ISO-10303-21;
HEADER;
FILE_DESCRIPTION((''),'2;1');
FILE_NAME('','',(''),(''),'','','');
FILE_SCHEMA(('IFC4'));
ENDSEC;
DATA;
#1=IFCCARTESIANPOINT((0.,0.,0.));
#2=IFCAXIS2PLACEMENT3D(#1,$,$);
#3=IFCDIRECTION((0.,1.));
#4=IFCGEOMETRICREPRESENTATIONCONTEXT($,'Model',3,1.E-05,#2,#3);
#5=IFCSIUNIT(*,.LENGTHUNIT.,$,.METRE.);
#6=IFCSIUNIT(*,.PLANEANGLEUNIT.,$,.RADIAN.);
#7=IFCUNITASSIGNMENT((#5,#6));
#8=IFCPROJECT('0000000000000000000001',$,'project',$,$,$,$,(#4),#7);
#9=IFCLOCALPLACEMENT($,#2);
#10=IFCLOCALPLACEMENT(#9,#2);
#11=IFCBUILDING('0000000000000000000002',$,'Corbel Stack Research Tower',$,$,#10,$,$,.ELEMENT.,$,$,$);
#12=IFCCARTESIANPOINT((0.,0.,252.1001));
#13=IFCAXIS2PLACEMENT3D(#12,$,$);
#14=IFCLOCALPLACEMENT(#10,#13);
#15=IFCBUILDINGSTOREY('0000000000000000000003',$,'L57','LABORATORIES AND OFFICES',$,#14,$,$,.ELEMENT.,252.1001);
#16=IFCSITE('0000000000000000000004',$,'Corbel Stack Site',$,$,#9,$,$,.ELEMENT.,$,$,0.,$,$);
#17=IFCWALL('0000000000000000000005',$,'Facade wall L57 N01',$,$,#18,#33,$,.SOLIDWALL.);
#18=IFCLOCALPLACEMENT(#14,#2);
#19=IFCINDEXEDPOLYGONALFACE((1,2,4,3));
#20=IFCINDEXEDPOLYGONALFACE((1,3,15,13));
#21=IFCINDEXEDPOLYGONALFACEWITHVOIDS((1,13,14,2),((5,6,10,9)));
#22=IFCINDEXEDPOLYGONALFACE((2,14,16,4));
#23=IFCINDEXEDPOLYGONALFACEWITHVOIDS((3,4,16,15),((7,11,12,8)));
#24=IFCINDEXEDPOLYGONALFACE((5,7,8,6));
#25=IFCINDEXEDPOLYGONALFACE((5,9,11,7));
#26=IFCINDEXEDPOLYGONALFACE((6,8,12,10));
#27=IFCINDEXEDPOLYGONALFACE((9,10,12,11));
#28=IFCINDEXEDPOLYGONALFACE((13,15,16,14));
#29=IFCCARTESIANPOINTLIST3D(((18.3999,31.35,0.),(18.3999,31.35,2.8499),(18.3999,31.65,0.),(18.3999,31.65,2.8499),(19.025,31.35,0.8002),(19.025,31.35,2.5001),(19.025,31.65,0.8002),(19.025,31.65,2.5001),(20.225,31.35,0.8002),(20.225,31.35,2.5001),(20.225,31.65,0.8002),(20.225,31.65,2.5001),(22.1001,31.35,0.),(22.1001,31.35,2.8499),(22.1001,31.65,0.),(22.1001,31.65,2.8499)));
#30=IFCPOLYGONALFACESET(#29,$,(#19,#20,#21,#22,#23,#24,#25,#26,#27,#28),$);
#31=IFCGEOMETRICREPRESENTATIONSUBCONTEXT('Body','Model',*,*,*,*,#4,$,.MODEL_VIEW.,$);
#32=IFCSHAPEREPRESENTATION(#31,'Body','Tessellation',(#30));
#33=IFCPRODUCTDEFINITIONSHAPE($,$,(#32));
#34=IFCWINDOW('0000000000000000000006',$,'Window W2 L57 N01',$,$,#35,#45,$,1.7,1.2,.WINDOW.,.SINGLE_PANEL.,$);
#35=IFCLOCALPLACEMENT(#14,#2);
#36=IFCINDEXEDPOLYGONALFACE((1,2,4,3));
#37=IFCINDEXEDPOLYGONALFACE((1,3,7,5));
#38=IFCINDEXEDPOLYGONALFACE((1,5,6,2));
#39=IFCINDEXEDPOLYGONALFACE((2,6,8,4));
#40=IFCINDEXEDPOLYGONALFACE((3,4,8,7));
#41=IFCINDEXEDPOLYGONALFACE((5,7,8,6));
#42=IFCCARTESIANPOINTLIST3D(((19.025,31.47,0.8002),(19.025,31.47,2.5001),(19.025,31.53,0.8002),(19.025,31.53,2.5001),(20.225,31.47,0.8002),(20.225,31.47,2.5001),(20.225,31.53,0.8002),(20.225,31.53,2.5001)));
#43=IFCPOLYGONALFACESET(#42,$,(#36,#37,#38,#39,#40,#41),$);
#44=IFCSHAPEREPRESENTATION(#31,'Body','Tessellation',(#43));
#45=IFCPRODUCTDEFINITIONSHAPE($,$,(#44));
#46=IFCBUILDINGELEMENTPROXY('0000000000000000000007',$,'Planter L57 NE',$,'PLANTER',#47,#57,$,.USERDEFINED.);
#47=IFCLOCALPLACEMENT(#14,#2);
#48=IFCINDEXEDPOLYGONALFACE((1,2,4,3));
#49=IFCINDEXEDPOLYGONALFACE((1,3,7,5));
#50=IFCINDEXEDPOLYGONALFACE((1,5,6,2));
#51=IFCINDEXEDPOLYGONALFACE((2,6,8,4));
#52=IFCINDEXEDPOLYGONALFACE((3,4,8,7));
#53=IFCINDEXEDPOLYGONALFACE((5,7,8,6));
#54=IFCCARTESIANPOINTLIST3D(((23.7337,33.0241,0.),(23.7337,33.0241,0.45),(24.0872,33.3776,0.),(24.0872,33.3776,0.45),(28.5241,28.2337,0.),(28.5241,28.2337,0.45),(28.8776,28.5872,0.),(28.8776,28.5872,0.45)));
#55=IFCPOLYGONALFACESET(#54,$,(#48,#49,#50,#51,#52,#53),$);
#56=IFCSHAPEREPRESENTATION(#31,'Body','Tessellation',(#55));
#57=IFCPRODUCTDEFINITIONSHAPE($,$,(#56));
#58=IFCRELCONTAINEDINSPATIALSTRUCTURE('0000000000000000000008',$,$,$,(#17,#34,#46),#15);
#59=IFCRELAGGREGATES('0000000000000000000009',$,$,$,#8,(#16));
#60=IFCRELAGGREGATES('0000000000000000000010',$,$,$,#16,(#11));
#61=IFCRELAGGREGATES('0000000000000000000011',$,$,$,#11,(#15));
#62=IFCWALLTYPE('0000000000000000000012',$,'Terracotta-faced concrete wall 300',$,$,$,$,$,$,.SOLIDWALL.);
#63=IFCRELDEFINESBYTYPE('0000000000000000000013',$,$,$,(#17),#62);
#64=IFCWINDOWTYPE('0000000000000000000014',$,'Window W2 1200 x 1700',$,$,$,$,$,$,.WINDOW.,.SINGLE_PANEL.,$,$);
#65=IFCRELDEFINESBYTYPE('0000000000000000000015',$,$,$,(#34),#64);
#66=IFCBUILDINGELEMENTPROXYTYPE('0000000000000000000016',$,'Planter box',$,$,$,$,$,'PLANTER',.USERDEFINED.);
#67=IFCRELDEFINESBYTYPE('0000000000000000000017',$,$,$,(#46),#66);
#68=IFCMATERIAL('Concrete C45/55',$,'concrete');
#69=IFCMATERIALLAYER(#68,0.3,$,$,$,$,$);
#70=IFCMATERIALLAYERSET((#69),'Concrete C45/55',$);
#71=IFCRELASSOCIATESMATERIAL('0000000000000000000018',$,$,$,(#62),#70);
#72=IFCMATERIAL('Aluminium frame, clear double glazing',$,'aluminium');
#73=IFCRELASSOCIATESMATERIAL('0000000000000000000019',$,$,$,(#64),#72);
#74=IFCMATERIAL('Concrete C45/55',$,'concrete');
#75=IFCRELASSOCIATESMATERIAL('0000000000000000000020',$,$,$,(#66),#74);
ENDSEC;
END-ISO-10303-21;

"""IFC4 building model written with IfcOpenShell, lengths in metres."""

from ifc_helpers import new_model, si_unit, direction, frame, frame_2d, origin, origin_2d, place, context, subcontext, project, spatial, rectangle, extrude, material, layer, layer_set, type_object, element, fill, save


model = new_model("IFC4")

# Units and contexts
model_context = context("Model", 3, precision=1e-05, world=origin(), true_north=direction((0.0, 1.0)))
body_context = subcontext(model_context, "Body", "Model", "MODEL_VIEW")
ifc_project = project(units=[si_unit("LENGTHUNIT", "METRE"), si_unit("PLANEANGLEUNIT", "RADIAN")], contexts=[model_context])

# Site, building, storey
site_placement = place(None, origin())
site = spatial("IfcSite", under=ifc_project, at=site_placement, Name="Corbel Stack Site", CompositionType="ELEMENT", RefElevation=0.0)
building_placement = place(site_placement, origin())
building = spatial("IfcBuilding", under=site, at=building_placement, Name="Corbel Stack Research Tower", CompositionType="ELEMENT")
storey_placement = place(building_placement, frame((0.0, 0.0, 252.1001)))
storey = spatial("IfcBuildingStorey", under=building, at=storey_placement, Name="L57", Description="LABORATORIES AND OFFICES", CompositionType="ELEMENT", Elevation=252.1001)

# Shared definitions
ifc_material_1 = material(Name="Concrete C45/55", Category="concrete")
ifc_layer_1 = layer(ifc_material_1, 0.3)
ifc_layer_set_1 = layer_set([ifc_layer_1], Name="Concrete C45/55")
wall_type_1 = type_object("IfcWallType", Name="Terracotta-faced concrete wall 300", PredefinedType="SOLIDWALL", material=ifc_layer_set_1)

# Wall, opening, window
wall_1_placement = place(storey_placement, frame((18.3999, 31.5, 0.0), z_axis=(0.0, 0.0, 1.0), x_axis=(1.0, 0.0, 0.0)))
wall_1 = element("IfcWall", 1, at=wall_1_placement, inside=storey, type_object=wall_type_1, Name="Facade wall L57 N01", PredefinedType="SOLIDWALL", context=body_context, shape_type="SweptSolid", body=[
    extrude(rectangle(XDim=3.7002, YDim=0.3, at=frame_2d((1.8501, 0.0))), origin(), (0.0, 0.0, 1.0), 2.8499),
])
opening_1_placement = place(wall_1_placement, frame((0.625, 0.0, 0.8)))
opening_1 = element("IfcOpeningElement", 2, at=opening_1_placement, cuts=wall_1, PredefinedType="OPENING", context=body_context, shape_type="SweptSolid", body=[
    extrude(rectangle(XDim=1.2, YDim=1.7, at=frame_2d((0.6001, 0.8501))), frame((0.0, 0.1599, 0.0), z_axis=(0.0, -1.0, 0.0), x_axis=(1.0, 0.0, 0.0)), (0.0, 0.0, 1.0), 0.3201),
])
ifc_material_2 = material(Name="Aluminium frame, clear double glazing", Category="aluminium")
window_type_1 = type_object("IfcWindowType", Name="Window W2 1200 x 1700", PartitioningType="SINGLE_PANEL", PredefinedType="WINDOW", material=ifc_material_2)
window_1_placement = place(opening_1_placement, origin())
window_1 = element("IfcWindow", 3, at=window_1_placement, inside=storey, type_object=window_type_1, Name="Window W2 L57 N01", OverallHeight=1.7, OverallWidth=1.2, PartitioningType="SINGLE_PANEL", PredefinedType="WINDOW", context=body_context, shape_type="SweptSolid", body=[
    extrude(rectangle(XDim=1.2, YDim=1.7, at=frame_2d((0.6001, 0.8501))), frame((0.0, 0.03, 0.0), z_axis=(0.0, -1.0, 0.0), x_axis=(1.0, 0.0, 0.0)), (0.0, 0.0, 1.0), 0.0601),
])
fill(opening_1, window_1)

# Building element proxy
ifc_material_3 = material(Name="Concrete C45/55", Category="concrete")
building_element_proxy_type = type_object("IfcBuildingElementProxyType", Name="Planter box", ElementType="PLANTER", PredefinedType="USERDEFINED", material=ifc_material_3)
proxy_placement = place(storey_placement, frame((26.3057, 30.8057, 0.0), z_axis=(0.0, 0.0, 1.0), x_axis=(-0.707107, 0.707107, 0.0)))
element("IfcBuildingElementProxy", 4, at=proxy_placement, inside=storey, type_object=building_element_proxy_type, Name="Planter L57 NE", ObjectType="PLANTER", PredefinedType="USERDEFINED", context=body_context, shape_type="SweptSolid", body=[
    extrude(rectangle(XDim=6.7747, YDim=0.5, at=origin_2d()), origin(), (0.0, 0.0, 1.0), 0.45),
])

save(model, "model.ifc")
